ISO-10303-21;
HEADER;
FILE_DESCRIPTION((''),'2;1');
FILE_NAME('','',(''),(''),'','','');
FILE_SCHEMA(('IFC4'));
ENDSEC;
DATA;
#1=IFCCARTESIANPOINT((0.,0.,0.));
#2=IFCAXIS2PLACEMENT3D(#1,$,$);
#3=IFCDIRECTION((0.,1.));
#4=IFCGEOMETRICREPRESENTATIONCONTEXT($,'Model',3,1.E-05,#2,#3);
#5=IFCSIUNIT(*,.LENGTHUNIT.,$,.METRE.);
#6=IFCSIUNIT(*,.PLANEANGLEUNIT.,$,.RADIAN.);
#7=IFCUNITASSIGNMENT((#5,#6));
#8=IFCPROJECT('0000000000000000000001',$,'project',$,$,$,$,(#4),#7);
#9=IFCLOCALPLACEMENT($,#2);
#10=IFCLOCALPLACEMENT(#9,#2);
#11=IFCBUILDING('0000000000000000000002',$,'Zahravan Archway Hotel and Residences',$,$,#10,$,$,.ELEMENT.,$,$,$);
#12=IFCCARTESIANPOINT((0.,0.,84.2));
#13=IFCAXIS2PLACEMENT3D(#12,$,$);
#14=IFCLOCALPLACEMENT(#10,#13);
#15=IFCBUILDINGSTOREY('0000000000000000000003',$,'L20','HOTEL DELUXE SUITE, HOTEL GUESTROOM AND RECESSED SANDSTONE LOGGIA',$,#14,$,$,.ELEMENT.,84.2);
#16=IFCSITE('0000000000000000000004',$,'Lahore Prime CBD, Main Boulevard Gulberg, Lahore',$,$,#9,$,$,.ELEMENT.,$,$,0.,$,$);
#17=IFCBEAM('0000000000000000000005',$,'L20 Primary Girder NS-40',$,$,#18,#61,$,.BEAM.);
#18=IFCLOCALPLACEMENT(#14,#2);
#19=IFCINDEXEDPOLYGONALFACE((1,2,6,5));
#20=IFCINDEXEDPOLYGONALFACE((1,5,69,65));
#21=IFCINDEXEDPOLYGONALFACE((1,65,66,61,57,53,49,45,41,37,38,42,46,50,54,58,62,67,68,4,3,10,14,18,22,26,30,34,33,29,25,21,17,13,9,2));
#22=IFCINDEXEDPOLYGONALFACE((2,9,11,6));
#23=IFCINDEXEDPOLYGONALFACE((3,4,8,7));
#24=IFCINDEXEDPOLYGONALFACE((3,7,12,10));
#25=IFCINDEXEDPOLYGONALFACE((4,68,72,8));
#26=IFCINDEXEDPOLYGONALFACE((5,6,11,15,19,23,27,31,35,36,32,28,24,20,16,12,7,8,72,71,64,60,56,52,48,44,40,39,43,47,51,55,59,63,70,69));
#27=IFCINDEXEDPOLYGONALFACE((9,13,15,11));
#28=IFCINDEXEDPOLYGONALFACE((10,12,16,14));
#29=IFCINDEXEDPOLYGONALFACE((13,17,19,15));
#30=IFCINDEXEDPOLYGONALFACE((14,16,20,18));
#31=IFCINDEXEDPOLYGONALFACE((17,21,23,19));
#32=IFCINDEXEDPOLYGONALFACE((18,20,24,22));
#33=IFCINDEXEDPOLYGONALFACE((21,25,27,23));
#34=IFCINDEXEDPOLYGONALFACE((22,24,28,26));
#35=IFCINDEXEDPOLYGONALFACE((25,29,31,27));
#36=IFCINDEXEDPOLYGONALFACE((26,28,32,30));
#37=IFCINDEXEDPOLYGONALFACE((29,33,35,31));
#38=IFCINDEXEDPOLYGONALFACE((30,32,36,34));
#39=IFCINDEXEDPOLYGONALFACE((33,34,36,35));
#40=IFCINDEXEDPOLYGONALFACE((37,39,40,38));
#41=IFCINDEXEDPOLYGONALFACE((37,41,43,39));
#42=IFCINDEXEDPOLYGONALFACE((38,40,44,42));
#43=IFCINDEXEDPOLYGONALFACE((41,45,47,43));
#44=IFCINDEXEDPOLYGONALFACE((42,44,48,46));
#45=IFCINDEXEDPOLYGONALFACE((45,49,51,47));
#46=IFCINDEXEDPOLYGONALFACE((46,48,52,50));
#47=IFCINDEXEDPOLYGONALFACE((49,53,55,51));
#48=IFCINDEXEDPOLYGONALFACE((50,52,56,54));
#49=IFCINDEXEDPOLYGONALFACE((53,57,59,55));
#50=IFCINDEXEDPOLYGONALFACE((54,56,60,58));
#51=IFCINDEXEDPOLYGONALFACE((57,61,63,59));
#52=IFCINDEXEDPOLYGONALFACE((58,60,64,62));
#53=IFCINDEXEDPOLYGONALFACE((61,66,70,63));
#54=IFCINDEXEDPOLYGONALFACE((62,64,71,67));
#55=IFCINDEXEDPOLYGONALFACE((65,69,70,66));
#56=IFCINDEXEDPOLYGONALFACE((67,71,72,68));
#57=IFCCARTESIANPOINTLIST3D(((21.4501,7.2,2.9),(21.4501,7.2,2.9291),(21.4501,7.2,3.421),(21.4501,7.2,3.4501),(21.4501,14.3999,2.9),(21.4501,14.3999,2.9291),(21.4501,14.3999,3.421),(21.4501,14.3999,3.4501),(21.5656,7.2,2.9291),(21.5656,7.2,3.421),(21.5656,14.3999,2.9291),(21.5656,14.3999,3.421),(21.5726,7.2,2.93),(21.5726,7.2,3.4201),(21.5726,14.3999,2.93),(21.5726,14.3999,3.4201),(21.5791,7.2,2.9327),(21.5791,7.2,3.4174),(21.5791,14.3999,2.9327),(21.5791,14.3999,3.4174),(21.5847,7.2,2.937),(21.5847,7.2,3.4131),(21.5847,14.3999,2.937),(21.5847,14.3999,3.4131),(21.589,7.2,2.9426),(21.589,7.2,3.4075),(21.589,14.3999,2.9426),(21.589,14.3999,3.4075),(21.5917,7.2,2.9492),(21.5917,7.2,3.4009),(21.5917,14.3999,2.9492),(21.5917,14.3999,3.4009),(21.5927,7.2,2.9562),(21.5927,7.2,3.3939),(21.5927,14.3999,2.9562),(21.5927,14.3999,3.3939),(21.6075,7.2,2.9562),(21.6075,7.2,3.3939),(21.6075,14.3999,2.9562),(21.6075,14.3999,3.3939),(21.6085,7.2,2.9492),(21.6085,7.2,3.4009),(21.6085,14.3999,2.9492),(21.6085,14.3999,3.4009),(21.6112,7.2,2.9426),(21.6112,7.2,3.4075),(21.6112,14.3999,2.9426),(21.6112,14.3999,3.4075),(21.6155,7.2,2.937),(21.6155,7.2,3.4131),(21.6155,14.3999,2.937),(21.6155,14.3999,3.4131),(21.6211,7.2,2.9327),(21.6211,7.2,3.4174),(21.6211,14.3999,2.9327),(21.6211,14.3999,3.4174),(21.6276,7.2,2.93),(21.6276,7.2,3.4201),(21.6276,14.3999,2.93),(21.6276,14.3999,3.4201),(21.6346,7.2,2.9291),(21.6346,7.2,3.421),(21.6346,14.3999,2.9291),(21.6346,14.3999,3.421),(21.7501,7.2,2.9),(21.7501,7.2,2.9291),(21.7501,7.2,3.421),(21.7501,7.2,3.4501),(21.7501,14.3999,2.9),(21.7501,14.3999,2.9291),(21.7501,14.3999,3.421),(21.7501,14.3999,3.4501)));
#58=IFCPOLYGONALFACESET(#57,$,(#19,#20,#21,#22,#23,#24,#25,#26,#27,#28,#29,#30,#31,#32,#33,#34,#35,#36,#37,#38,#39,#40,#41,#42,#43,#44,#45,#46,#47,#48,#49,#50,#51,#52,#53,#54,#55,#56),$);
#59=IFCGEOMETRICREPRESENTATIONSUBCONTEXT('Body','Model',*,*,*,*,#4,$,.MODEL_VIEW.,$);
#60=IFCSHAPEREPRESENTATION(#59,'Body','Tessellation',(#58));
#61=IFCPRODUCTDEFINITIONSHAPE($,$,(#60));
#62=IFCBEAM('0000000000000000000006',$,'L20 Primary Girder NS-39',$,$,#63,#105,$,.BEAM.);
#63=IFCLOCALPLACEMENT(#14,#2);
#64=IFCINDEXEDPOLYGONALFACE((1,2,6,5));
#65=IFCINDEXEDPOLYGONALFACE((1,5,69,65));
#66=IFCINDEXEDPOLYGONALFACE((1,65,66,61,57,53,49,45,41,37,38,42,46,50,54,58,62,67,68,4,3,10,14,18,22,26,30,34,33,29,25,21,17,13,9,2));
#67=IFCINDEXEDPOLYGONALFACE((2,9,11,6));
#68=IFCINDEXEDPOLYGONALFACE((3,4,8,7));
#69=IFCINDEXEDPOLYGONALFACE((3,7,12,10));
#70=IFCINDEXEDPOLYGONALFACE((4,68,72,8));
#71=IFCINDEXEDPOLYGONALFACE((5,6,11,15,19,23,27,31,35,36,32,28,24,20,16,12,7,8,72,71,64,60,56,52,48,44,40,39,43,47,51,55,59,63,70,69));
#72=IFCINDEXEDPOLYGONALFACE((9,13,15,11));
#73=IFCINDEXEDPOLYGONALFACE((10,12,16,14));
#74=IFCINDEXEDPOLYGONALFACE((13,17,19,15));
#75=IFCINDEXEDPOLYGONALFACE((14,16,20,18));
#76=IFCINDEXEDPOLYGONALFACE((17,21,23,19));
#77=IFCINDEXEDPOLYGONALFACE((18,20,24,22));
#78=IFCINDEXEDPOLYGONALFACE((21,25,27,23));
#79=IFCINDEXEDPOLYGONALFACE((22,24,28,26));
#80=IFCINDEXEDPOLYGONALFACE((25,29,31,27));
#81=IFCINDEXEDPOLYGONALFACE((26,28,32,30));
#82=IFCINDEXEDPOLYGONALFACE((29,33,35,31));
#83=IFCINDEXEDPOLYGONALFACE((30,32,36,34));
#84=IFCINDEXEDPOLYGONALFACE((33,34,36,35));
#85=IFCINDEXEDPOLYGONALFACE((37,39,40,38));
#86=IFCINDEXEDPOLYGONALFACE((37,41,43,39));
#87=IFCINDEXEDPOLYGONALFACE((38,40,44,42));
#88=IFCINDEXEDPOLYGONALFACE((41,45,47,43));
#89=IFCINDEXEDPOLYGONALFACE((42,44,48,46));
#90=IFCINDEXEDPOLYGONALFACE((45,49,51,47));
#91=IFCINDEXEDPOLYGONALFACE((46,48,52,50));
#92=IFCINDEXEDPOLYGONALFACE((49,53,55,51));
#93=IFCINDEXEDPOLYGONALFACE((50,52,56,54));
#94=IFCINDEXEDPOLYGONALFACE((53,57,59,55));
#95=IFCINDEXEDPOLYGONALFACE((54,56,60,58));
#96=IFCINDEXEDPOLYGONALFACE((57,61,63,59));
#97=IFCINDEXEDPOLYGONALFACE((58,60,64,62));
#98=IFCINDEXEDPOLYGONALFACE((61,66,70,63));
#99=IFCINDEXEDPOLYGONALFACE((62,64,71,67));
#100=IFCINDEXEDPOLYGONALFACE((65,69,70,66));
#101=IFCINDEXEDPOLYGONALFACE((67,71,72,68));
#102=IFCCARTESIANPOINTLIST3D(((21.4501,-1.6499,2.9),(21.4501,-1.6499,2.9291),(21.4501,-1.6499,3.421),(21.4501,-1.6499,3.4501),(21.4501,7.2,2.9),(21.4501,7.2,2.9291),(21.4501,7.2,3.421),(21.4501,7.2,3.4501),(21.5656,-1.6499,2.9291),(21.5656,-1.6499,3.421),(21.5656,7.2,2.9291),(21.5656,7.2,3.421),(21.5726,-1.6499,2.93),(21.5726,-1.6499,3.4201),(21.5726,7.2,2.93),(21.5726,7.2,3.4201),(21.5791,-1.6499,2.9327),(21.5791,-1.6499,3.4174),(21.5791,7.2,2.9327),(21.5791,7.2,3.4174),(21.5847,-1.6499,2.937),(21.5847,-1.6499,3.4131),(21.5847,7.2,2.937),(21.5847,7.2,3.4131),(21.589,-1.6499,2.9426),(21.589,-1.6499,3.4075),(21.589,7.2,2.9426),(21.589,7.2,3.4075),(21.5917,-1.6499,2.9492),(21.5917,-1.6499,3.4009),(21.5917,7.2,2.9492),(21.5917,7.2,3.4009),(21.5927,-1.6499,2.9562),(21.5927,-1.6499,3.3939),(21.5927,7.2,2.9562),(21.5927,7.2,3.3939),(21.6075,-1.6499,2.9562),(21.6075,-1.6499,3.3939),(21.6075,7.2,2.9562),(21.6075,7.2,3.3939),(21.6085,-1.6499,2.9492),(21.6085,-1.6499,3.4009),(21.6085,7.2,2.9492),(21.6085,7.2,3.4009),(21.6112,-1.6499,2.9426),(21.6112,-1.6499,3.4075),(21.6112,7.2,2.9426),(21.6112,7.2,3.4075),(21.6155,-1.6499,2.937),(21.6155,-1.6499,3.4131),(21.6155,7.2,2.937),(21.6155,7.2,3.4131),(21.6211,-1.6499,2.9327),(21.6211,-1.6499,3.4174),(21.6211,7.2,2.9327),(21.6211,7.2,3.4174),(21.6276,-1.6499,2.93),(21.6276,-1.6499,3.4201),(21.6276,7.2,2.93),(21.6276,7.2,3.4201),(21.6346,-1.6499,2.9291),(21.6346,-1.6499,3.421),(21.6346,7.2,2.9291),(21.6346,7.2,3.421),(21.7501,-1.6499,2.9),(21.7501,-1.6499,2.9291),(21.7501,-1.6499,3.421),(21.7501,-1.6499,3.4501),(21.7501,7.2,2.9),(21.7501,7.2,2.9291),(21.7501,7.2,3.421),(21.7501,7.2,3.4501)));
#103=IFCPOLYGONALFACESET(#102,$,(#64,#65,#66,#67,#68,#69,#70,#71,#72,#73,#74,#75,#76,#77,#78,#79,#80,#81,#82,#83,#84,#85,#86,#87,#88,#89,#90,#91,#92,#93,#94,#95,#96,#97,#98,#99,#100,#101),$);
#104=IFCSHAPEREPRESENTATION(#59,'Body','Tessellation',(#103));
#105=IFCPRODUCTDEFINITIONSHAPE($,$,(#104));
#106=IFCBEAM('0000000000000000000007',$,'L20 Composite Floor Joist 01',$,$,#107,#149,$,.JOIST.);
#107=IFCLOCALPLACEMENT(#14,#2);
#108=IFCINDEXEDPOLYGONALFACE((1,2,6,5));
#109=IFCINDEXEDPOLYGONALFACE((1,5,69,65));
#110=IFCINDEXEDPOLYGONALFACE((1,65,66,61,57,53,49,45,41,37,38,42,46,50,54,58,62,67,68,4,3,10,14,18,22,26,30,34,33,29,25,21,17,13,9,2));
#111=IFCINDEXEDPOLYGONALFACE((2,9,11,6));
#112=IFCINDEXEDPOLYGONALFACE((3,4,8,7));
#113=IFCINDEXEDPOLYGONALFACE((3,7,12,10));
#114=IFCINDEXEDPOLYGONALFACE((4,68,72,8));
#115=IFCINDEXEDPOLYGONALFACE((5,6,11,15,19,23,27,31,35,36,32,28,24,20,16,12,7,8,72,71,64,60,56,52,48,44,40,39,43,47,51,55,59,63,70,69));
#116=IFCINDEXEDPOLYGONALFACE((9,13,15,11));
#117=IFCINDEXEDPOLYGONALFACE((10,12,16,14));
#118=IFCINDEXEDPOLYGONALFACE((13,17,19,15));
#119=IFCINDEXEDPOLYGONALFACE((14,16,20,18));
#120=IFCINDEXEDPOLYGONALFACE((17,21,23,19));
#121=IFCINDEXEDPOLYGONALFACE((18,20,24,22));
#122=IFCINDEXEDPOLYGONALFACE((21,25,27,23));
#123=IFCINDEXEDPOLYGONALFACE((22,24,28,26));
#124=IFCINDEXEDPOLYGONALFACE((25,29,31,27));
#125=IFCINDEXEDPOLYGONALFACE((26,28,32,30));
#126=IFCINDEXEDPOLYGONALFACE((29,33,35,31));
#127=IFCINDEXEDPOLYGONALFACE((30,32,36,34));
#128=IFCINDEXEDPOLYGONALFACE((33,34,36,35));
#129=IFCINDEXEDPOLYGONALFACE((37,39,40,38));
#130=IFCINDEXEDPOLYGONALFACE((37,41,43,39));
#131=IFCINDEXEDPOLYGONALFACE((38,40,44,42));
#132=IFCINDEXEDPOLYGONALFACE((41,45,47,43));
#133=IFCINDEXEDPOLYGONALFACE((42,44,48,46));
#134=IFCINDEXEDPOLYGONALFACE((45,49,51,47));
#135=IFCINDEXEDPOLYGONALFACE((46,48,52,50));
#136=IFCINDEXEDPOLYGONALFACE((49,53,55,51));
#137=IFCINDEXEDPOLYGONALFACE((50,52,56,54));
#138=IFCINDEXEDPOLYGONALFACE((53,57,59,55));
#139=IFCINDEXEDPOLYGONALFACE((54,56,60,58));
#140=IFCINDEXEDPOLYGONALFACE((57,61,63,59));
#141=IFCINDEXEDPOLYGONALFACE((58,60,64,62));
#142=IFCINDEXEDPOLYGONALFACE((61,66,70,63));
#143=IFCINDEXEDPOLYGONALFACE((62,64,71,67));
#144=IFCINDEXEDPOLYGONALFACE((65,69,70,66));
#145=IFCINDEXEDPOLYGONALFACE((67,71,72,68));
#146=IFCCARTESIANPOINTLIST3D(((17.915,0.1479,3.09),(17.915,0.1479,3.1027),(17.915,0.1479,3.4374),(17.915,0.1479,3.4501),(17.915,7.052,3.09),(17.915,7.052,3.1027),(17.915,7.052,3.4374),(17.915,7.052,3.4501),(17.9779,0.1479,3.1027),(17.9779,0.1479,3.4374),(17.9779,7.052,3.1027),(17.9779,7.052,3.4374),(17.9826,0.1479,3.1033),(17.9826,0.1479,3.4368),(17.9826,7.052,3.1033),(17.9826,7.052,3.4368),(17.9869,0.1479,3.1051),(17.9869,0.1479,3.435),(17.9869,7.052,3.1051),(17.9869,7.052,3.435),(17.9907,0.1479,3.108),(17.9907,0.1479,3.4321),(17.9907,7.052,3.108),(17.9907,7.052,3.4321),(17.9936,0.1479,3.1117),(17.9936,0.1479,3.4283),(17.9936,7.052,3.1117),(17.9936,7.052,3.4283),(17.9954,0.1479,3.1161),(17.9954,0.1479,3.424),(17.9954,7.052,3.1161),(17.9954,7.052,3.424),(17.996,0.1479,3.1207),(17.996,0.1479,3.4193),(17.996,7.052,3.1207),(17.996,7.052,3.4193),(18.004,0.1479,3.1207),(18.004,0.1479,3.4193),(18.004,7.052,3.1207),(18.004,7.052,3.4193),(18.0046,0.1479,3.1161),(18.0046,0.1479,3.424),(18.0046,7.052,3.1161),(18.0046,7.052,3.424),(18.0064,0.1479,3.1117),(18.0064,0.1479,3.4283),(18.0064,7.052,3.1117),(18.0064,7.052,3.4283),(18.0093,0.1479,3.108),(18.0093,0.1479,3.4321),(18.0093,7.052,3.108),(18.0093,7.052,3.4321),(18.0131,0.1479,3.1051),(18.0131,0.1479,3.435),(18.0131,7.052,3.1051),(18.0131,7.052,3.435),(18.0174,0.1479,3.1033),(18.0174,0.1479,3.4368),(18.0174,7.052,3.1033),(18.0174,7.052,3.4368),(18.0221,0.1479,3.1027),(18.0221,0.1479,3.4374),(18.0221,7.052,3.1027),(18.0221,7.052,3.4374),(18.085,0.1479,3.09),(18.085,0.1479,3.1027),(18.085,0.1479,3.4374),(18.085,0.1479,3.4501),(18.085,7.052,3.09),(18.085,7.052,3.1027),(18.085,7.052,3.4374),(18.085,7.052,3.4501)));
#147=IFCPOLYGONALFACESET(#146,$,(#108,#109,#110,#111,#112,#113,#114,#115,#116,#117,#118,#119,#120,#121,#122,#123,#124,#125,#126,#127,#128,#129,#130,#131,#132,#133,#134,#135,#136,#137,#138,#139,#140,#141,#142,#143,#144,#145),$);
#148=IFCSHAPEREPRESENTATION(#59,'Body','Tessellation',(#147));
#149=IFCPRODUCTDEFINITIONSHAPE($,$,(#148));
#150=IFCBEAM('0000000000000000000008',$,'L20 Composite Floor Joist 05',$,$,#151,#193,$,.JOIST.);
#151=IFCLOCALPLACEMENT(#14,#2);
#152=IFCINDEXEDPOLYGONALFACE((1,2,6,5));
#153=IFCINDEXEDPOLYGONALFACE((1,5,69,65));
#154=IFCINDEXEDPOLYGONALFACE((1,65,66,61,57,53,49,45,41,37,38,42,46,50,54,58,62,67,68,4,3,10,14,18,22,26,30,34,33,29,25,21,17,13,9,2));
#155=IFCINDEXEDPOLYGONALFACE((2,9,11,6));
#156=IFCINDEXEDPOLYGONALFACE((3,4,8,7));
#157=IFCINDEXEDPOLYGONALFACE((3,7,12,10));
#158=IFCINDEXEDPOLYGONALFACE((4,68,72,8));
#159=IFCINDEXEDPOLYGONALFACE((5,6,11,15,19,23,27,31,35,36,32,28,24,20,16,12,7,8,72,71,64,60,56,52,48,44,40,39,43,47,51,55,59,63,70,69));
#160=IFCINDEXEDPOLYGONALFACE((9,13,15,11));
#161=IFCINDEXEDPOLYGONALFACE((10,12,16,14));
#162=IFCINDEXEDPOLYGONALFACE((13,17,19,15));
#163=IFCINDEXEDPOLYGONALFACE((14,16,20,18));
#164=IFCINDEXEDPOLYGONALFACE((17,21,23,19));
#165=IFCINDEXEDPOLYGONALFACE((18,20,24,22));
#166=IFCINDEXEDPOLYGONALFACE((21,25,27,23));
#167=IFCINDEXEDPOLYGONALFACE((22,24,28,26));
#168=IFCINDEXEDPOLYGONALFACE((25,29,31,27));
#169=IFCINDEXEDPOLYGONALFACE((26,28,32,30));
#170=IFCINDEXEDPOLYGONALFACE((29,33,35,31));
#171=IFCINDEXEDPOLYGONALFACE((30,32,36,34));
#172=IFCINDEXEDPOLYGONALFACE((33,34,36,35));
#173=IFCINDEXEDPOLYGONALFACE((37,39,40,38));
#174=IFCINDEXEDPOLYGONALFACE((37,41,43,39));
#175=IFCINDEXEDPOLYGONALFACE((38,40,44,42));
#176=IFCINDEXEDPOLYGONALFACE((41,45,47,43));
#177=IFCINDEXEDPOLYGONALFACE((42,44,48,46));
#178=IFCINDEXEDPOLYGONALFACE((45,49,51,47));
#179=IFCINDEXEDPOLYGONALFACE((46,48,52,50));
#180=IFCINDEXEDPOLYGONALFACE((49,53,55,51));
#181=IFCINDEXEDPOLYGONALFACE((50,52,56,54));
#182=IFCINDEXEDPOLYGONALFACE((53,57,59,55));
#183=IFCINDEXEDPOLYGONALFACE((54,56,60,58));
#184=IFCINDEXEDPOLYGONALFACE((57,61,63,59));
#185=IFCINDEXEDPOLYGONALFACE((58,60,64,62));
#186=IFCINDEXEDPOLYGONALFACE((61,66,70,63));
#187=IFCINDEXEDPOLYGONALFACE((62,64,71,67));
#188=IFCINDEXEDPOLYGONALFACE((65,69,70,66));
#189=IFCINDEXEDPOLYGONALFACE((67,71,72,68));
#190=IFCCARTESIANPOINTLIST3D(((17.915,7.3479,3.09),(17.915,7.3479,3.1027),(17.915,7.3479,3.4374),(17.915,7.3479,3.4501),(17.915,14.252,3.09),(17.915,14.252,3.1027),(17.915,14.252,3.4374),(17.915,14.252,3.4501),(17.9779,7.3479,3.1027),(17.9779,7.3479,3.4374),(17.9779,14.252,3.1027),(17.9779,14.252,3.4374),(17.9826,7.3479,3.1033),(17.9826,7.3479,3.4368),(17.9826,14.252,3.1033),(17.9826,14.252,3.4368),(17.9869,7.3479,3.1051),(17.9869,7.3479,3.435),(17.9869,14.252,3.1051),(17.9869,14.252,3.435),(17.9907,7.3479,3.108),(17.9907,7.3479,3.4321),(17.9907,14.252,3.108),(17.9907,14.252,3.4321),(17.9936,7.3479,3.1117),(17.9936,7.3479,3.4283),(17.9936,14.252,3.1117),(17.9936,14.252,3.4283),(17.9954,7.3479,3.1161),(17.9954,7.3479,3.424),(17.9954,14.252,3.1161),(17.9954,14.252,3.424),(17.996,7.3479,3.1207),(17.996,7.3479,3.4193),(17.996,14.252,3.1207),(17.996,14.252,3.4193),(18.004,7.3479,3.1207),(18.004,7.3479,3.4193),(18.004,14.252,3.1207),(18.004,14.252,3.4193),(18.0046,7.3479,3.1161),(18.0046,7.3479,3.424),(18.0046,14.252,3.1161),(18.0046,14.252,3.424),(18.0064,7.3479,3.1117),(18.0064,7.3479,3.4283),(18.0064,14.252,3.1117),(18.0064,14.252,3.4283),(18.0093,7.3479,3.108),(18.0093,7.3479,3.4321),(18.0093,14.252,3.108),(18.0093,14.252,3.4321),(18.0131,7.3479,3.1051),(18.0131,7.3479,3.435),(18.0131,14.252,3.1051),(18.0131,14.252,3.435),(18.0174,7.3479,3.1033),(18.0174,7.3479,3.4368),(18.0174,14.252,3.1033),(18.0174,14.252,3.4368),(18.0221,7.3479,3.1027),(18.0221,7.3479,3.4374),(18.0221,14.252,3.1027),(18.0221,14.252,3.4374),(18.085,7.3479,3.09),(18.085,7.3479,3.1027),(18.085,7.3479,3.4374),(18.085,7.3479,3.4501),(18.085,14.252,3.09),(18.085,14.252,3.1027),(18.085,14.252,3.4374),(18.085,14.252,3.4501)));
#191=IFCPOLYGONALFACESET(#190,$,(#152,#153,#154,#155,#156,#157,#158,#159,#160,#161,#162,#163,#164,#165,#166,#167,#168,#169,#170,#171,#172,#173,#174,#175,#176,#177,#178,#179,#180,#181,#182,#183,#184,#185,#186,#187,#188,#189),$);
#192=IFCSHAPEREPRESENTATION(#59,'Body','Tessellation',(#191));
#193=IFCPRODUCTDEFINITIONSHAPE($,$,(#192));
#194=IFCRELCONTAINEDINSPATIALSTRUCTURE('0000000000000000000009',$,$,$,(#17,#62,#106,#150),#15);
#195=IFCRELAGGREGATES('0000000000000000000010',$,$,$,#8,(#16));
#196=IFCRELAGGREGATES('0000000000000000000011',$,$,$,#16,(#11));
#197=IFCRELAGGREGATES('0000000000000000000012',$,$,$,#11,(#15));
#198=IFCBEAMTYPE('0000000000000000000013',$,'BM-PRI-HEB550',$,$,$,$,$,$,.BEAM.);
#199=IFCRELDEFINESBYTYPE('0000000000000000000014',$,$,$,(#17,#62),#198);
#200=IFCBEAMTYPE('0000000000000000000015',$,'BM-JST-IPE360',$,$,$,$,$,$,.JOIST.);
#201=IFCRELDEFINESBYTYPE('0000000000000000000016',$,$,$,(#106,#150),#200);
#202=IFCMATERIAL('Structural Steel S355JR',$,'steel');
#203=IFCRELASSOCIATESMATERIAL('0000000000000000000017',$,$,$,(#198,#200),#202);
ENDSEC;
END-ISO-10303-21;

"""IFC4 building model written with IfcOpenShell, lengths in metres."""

from ifc_helpers import new_model, si_unit, direction, frame, origin, origin_2d, place, context, subcontext, project, spatial, i_section, extrude, source, transform, mapped, material, material_profile, profile_set, type_object, type_shapes, element, save


model = new_model("IFC4")

# Units and contexts
model_context = context("Model", 3, precision=1e-05, world=origin(), true_north=direction((0.0, 1.0)))
body_context = subcontext(model_context, "Body", "Model", "MODEL_VIEW")
ifc_project = project(units=[si_unit("LENGTHUNIT", "METRE"), si_unit("PLANEANGLEUNIT", "RADIAN")], contexts=[model_context])

# Site, building, storey
site_placement = place(None, origin())
site = spatial("IfcSite", under=ifc_project, at=site_placement, Name="Lahore Prime CBD, Main Boulevard Gulberg, Lahore", CompositionType="ELEMENT", RefElevation=0.0)
building_placement = place(site_placement, origin())
building = spatial("IfcBuilding", under=site, at=building_placement, Name="Zahravan Archway Hotel and Residences", CompositionType="ELEMENT")
storey_placement = place(building_placement, frame((0.0, 0.0, 84.2)))
storey = spatial("IfcBuildingStorey", under=building, at=storey_placement, Name="L20", Description="HOTEL DELUXE SUITE, HOTEL GUESTROOM AND RECESSED SANDSTONE LOGGIA", CompositionType="ELEMENT", Elevation=84.2)

# Beams
ifc_material_1 = material(Name="Structural Steel S355JR", Category="steel")
ifc_material_profile_1 = material_profile(ifc_material_1, i_section(OverallWidth=0.3, OverallDepth=0.55, WebThickness=0.0149, FlangeThickness=0.0291, FilletRadius=0.0271, at=origin_2d()), Name="HEB 550", Category="steel")
ifc_profile_set_1 = profile_set([ifc_material_profile_1], Name="Structural Steel S355JR")
beam_type_1 = type_object("IfcBeamType", Name="BM-PRI-HEB550", PredefinedType="BEAM", material=ifc_profile_set_1)
shared_shape_1 = source(origin(), body_context, "Body", "SweptSolid", [
    extrude(i_section(OverallWidth=0.3, OverallDepth=0.55, WebThickness=0.0149, FlangeThickness=0.0291, FilletRadius=0.0271, at=origin_2d()), origin(), (0.0, 0.0, 1.0), 7.2),
])
for number, where, z_axis, x_axis, name in (
    (1, (21.6001, 7.2, 3.175), (0.0, 1.0, 0.0), (-1.0, 0.0, 0.0), "L20 Primary Girder NS-40"),
):
    element("IfcBeam", number, at=place(storey_placement, frame(where, z_axis=z_axis, x_axis=x_axis)), inside=storey, type_object=beam_type_1, Name=name, PredefinedType="BEAM", context=body_context, shape_type="MappedRepresentation", body=[
        mapped(shared_shape_1, transform((0.0, 0.0, 0.0), scale=1.0)),
    ])
shared_shape_2 = source(origin(), body_context, "Body", "SweptSolid", [
    extrude(i_section(OverallWidth=0.3, OverallDepth=0.55, WebThickness=0.0149, FlangeThickness=0.0291, FilletRadius=0.0271, at=origin_2d()), origin(), (0.0, 0.0, 1.0), 8.8499),
])
beam_1_placement = place(storey_placement, frame((21.6001, -1.6499, 3.175), z_axis=(0.0, 1.0, 0.0), x_axis=(-1.0, 0.0, 0.0)))
element("IfcBeam", 2, at=beam_1_placement, inside=storey, type_object=beam_type_1, Name="L20 Primary Girder NS-39", PredefinedType="BEAM", context=body_context, shape_type="MappedRepresentation", body=[
    mapped(shared_shape_2, transform((0.0, 0.0, 0.0), scale=1.0)),
])
ifc_material_profile_2 = material_profile(ifc_material_1, i_section(OverallWidth=0.1699, OverallDepth=0.3601, WebThickness=0.0081, FlangeThickness=0.0127, FilletRadius=0.0181, at=origin_2d()), Name="IPE 360", Category="steel")
ifc_profile_set_2 = profile_set([ifc_material_profile_2], Name="Structural Steel S355JR")
beam_type_2 = type_object("IfcBeamType", Name="BM-JST-IPE360", PredefinedType="JOIST", material=ifc_profile_set_2)
shared_shape_3 = source(origin(), body_context, "Body", "SweptSolid", [
    extrude(i_section(OverallWidth=0.1699, OverallDepth=0.3601, WebThickness=0.0081, FlangeThickness=0.0127, FilletRadius=0.0181, at=origin_2d()), origin(), (0.0, 0.0, 1.0), 6.9041),
])
type_shapes(beam_type_2, [shared_shape_3])
for number, where, z_axis, x_axis, name in (
    (3, (18.0, 0.1479, 3.27), (0.0, 1.0, 0.0), (-1.0, 0.0, 0.0), "L20 Composite Floor Joist 01"),
    (4, (18.0, 7.3479, 3.27), (0.0, 1.0, 0.0), (-1.0, 0.0, 0.0), "L20 Composite Floor Joist 05"),
):
    element("IfcBeam", number, at=place(storey_placement, frame(where, z_axis=z_axis, x_axis=x_axis)), inside=storey, type_object=beam_type_2, Name=name, PredefinedType="JOIST", context=body_context, shape_type="MappedRepresentation", body=[
        mapped(shared_shape_3, transform((0.0, 0.0, 0.0), scale=1.0)),
    ])

save(model, "model.ifc")
